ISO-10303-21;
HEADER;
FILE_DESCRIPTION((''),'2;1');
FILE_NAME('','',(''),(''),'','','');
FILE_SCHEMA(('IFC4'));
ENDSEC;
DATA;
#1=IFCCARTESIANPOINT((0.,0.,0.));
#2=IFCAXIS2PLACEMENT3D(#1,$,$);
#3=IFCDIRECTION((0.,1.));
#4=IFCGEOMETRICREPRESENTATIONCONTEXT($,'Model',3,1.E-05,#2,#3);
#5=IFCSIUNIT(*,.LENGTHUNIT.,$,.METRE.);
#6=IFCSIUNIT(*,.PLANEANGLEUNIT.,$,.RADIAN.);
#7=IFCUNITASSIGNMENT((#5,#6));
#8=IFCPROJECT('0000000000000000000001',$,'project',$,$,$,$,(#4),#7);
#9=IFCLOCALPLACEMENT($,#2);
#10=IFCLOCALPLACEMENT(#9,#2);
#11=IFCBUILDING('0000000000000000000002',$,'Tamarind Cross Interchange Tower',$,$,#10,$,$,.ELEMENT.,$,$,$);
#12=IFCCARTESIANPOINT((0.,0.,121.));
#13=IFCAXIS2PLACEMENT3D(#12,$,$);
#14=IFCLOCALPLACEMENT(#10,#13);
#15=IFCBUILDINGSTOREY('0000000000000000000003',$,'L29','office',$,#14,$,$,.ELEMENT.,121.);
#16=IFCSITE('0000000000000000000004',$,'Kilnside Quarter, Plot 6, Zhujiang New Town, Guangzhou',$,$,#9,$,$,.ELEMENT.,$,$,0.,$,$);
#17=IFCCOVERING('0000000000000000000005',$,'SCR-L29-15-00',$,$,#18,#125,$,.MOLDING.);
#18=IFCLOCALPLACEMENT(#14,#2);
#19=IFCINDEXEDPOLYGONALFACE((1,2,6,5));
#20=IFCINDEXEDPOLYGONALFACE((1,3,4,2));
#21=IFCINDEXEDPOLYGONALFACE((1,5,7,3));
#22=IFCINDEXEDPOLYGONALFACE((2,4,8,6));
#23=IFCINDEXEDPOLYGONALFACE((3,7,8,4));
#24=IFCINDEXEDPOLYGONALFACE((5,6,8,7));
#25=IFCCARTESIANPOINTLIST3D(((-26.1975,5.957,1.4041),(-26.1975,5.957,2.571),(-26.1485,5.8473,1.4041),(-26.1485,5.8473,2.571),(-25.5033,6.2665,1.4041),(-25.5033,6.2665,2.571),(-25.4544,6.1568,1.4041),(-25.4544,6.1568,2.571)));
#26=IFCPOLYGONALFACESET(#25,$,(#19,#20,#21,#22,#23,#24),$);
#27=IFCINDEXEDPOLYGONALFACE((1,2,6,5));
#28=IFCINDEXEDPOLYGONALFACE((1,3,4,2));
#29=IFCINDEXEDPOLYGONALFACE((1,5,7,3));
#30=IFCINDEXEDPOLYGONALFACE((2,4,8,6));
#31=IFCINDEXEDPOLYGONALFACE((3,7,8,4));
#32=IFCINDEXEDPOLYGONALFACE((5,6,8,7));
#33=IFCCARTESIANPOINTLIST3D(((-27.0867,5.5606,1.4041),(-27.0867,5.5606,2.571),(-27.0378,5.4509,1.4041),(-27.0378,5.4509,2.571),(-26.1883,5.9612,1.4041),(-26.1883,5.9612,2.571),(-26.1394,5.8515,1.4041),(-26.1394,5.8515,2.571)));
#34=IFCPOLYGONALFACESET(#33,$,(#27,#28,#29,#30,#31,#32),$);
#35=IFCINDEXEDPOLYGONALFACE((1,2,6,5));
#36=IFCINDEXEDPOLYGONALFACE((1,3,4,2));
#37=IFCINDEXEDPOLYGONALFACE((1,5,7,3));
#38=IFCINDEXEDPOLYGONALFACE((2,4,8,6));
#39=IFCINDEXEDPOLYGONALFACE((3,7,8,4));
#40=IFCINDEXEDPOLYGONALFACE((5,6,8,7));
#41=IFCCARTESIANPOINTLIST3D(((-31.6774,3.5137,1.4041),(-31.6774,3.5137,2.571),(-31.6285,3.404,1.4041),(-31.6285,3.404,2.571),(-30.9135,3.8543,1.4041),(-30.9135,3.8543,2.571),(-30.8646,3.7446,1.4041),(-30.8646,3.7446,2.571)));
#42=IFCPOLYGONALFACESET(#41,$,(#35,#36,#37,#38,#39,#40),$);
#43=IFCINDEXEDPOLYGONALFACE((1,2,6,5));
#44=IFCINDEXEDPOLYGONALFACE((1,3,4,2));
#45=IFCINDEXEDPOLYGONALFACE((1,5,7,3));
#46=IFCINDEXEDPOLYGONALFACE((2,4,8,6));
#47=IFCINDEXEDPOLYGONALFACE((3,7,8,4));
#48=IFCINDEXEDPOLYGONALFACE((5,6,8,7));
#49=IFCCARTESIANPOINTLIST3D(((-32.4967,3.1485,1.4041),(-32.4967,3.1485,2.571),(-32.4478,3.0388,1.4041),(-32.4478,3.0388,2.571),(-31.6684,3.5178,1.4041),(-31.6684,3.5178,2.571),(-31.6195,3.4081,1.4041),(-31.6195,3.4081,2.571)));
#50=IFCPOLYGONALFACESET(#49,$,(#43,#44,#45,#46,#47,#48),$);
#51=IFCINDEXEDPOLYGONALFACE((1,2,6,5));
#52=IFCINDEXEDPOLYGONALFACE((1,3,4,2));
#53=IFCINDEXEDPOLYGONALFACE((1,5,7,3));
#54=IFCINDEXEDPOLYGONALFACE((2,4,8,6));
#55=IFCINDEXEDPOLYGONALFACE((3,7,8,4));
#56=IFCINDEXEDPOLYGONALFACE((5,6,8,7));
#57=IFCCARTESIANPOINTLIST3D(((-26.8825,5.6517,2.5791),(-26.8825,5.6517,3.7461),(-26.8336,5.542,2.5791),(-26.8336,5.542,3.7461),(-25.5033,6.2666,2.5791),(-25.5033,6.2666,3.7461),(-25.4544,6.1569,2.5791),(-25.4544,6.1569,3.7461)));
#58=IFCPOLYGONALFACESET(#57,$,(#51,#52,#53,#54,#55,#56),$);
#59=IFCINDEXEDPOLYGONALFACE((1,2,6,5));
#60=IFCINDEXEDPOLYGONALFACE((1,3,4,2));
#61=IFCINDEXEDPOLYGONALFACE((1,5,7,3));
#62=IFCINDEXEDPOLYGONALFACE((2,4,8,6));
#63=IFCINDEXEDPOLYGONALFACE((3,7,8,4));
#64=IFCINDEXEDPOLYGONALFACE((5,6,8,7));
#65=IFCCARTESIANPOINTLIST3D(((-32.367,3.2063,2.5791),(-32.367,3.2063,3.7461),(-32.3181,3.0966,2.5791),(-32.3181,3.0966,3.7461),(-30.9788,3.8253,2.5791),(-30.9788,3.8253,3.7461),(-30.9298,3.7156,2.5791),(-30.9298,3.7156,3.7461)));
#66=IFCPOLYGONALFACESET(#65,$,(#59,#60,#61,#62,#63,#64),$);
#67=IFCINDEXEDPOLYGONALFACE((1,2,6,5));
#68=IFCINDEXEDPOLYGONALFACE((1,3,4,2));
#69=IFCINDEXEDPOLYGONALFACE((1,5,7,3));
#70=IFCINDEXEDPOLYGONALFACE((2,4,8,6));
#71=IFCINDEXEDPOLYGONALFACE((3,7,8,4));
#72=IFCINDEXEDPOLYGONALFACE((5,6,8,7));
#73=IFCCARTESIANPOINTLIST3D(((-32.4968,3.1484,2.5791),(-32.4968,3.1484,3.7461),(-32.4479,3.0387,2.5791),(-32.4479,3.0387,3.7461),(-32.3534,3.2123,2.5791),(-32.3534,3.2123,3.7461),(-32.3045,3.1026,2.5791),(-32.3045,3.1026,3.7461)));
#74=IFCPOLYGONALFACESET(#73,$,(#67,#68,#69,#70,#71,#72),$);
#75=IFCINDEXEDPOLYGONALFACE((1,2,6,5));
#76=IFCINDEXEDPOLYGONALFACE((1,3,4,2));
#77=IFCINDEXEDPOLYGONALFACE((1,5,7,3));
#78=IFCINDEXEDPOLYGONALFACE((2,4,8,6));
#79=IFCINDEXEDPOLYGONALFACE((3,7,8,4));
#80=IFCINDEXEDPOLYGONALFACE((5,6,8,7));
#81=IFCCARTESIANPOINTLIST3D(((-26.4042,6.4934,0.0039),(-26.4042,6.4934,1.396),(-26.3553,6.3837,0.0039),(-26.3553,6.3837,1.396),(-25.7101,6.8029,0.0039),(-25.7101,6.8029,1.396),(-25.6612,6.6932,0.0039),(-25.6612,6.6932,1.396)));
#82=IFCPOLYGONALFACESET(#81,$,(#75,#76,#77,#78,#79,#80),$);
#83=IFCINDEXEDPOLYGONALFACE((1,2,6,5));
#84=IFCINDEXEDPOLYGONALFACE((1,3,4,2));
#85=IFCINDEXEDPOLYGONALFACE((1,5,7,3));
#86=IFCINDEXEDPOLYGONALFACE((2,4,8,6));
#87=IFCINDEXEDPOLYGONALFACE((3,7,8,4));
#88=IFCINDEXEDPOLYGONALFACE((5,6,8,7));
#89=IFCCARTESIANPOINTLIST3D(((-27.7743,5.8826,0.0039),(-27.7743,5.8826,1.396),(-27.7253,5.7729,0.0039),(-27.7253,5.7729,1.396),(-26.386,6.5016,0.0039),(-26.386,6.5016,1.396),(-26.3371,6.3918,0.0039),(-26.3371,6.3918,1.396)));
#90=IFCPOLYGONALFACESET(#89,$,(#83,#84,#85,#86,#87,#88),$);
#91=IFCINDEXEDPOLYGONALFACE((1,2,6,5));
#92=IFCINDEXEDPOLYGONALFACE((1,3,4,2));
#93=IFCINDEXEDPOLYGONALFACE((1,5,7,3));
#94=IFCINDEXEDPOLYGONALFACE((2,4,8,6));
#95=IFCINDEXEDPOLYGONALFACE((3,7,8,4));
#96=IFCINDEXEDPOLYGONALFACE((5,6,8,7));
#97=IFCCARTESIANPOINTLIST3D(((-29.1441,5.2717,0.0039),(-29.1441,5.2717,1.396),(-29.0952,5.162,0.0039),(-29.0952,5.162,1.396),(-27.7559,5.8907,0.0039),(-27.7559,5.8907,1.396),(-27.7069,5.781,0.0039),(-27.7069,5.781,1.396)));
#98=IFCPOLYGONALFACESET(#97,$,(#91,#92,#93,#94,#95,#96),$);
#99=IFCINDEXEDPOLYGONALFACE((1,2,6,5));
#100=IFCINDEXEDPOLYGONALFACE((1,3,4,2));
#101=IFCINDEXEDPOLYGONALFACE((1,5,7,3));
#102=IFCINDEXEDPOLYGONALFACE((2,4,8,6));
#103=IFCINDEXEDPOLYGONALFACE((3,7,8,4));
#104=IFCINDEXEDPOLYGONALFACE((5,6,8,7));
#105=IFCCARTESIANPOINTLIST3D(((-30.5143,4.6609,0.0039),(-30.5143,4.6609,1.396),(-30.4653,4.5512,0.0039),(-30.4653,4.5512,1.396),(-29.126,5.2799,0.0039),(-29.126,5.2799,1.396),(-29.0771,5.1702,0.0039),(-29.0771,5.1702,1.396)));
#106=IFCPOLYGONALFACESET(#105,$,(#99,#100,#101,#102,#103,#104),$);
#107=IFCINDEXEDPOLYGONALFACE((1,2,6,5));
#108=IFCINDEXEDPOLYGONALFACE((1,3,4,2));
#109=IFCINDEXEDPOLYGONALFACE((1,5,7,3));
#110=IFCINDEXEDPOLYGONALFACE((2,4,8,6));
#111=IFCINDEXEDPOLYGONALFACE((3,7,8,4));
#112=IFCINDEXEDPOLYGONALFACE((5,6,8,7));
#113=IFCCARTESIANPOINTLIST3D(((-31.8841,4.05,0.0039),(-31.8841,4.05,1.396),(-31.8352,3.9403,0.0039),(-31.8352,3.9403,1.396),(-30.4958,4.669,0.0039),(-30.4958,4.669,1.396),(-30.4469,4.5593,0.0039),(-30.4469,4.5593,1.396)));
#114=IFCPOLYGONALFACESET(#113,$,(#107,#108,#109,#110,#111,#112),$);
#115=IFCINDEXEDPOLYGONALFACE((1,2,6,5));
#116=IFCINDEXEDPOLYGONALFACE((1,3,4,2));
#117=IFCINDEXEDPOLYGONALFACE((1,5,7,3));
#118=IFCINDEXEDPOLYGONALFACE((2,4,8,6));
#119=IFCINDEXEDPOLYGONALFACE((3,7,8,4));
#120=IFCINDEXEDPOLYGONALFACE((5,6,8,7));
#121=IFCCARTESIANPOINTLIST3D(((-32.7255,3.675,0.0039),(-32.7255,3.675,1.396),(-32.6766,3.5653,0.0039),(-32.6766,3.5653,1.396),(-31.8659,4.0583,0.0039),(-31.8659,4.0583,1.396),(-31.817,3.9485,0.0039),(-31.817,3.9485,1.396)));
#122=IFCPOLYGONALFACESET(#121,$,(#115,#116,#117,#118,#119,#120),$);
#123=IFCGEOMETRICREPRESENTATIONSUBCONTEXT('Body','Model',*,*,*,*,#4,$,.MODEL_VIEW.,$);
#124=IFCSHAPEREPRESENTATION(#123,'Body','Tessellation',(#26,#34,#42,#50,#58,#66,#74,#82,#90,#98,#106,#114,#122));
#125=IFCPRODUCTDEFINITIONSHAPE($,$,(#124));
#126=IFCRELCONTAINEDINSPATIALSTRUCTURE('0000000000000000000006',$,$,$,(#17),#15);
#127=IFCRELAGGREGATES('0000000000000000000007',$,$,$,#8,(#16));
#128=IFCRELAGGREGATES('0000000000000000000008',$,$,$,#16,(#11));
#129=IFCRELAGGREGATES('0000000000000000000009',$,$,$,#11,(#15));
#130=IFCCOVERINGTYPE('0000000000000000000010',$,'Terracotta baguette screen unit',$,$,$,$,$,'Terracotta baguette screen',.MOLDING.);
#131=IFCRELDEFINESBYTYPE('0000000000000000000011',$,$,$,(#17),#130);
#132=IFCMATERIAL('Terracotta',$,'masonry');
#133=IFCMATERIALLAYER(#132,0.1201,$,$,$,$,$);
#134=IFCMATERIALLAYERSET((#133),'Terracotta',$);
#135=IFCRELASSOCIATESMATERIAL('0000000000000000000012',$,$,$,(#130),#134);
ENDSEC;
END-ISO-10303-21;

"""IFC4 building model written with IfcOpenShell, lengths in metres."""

from ifc_helpers import new_model, si_unit, direction, frame, origin, origin_2d, place, context, subcontext, project, spatial, rectangle, extrude, material, layer, layer_set, type_object, element, save


model = new_model("IFC4")

# Units and contexts
model_context = context("Model", 3, precision=1e-05, world=origin(), true_north=direction((0.0, 1.0)))
body_context = subcontext(model_context, "Body", "Model", "MODEL_VIEW")
ifc_project = project(units=[si_unit("LENGTHUNIT", "METRE"), si_unit("PLANEANGLEUNIT", "RADIAN")], contexts=[model_context])

# Site, building, storey
site_placement = place(None, origin())
site = spatial("IfcSite", under=ifc_project, at=site_placement, Name="Kilnside Quarter, Plot 6, Zhujiang New Town, Guangzhou", CompositionType="ELEMENT", RefElevation=0.0)
building_placement = place(site_placement, origin())
building = spatial("IfcBuilding", under=site, at=building_placement, Name="Tamarind Cross Interchange Tower", CompositionType="ELEMENT")
storey_placement = place(building_placement, frame((0.0, 0.0, 121.0)))
storey = spatial("IfcBuildingStorey", under=building, at=storey_placement, Name="L29", Description="office", CompositionType="ELEMENT", Elevation=121.0)

# Covering
ifc_material_1 = material(Name="Terracotta", Category="masonry")
ifc_layer_1 = layer(ifc_material_1, 0.1201)
ifc_layer_set_1 = layer_set([ifc_layer_1], Name="Terracotta")
covering_type = type_object("IfcCoveringType", Name="Terracotta baguette screen unit", ElementType="Terracotta baguette screen", PredefinedType="MOLDING", material=ifc_layer_set_1)
covering_1_placement = place(storey_placement, origin())
element("IfcCovering", 1, at=covering_1_placement, inside=storey, type_object=covering_type, Name="SCR-L29-15-00", PredefinedType="MOLDING", context=body_context, shape_type="SweptSolid", body=[
    extrude(rectangle(XDim=0.76, YDim=0.1201, at=origin_2d()), frame((-25.8259, 6.0569, 1.4041), z_axis=(0.0, 0.0, 1.0), x_axis=(-0.91333, -0.407221, 0.0)), (0.0, 0.0, 1.0), 1.167),
    extrude(rectangle(XDim=0.9836, YDim=0.1201, at=origin_2d()), frame((-26.613, 5.7061, 1.4041), z_axis=(0.0, 0.0, 1.0), x_axis=(-0.91333, -0.407221, 0.0)), (0.0, 0.0, 1.0), 1.167),
    extrude(rectangle(XDim=0.8364, YDim=0.1201, at=origin_2d()), frame((-31.271, 3.6292, 1.4041), z_axis=(0.0, 0.0, 1.0), x_axis=(-0.91333, -0.407221, 0.0)), (0.0, 0.0, 1.0), 1.167),
    extrude(rectangle(XDim=0.907, YDim=0.1201, at=origin_2d()), frame((-32.0581, 3.2783, 1.4041), z_axis=(0.0, 0.0, 1.0), x_axis=(-0.91333, -0.407221, 0.0)), (0.0, 0.0, 1.0), 1.167),
    extrude(rectangle(XDim=1.51, YDim=0.1201, at=origin_2d()), frame((-26.1685, 5.9043, 2.5791), z_axis=(0.0, 0.0, 1.0), x_axis=(-0.91333, -0.407221, 0.0)), (0.0, 0.0, 1.0), 1.167),
    extrude(rectangle(XDim=1.52, YDim=0.1201, at=origin_2d()), frame((-31.6484, 3.4609, 2.5791), z_axis=(0.0, 0.0, 1.0), x_axis=(-0.91333, -0.407221, 0.0)), (0.0, 0.0, 1.0), 1.167),
    extrude(rectangle(XDim=0.157, YDim=0.1201, at=origin_2d()), frame((-32.4006, 3.1255, 2.5791), z_axis=(0.0, 0.0, 1.0), x_axis=(-0.91333, -0.407221, 0.0)), (0.0, 0.0, 1.0), 1.167),
    extrude(rectangle(XDim=0.76, YDim=0.1201, at=origin_2d()), frame((-26.0327, 6.5933, 0.0039), z_axis=(0.0, 0.0, 1.0), x_axis=(-0.91333, -0.407221, 0.0)), (0.0, 0.0, 1.0), 1.3921),
    extrude(rectangle(XDim=1.52, YDim=0.1201, at=origin_2d()), frame((-27.0557, 6.1372, 0.0039), z_axis=(0.0, 0.0, 1.0), x_axis=(-0.91333, -0.407221, 0.0)), (0.0, 0.0, 1.0), 1.3921),
    extrude(rectangle(XDim=1.52, YDim=0.1201, at=origin_2d()), frame((-28.4255, 5.5264, 0.0039), z_axis=(0.0, 0.0, 1.0), x_axis=(-0.91333, -0.407221, 0.0)), (0.0, 0.0, 1.0), 1.3921),
    extrude(rectangle(XDim=1.52, YDim=0.1201, at=origin_2d()), frame((-29.7957, 4.9155, 0.0039), z_axis=(0.0, 0.0, 1.0), x_axis=(-0.91333, -0.407221, 0.0)), (0.0, 0.0, 1.0), 1.3921),
    extrude(rectangle(XDim=1.52, YDim=0.1201, at=origin_2d()), frame((-31.1655, 4.3047, 0.0039), z_axis=(0.0, 0.0, 1.0), x_axis=(-0.91333, -0.407221, 0.0)), (0.0, 0.0, 1.0), 1.3921),
    extrude(rectangle(XDim=0.9412, YDim=0.1201, at=origin_2d()), frame((-32.2712, 3.8118, 0.0039), z_axis=(0.0, 0.0, 1.0), x_axis=(-0.91333, -0.407221, 0.0)), (0.0, 0.0, 1.0), 1.3921),
])

save(model, "model.ifc")
